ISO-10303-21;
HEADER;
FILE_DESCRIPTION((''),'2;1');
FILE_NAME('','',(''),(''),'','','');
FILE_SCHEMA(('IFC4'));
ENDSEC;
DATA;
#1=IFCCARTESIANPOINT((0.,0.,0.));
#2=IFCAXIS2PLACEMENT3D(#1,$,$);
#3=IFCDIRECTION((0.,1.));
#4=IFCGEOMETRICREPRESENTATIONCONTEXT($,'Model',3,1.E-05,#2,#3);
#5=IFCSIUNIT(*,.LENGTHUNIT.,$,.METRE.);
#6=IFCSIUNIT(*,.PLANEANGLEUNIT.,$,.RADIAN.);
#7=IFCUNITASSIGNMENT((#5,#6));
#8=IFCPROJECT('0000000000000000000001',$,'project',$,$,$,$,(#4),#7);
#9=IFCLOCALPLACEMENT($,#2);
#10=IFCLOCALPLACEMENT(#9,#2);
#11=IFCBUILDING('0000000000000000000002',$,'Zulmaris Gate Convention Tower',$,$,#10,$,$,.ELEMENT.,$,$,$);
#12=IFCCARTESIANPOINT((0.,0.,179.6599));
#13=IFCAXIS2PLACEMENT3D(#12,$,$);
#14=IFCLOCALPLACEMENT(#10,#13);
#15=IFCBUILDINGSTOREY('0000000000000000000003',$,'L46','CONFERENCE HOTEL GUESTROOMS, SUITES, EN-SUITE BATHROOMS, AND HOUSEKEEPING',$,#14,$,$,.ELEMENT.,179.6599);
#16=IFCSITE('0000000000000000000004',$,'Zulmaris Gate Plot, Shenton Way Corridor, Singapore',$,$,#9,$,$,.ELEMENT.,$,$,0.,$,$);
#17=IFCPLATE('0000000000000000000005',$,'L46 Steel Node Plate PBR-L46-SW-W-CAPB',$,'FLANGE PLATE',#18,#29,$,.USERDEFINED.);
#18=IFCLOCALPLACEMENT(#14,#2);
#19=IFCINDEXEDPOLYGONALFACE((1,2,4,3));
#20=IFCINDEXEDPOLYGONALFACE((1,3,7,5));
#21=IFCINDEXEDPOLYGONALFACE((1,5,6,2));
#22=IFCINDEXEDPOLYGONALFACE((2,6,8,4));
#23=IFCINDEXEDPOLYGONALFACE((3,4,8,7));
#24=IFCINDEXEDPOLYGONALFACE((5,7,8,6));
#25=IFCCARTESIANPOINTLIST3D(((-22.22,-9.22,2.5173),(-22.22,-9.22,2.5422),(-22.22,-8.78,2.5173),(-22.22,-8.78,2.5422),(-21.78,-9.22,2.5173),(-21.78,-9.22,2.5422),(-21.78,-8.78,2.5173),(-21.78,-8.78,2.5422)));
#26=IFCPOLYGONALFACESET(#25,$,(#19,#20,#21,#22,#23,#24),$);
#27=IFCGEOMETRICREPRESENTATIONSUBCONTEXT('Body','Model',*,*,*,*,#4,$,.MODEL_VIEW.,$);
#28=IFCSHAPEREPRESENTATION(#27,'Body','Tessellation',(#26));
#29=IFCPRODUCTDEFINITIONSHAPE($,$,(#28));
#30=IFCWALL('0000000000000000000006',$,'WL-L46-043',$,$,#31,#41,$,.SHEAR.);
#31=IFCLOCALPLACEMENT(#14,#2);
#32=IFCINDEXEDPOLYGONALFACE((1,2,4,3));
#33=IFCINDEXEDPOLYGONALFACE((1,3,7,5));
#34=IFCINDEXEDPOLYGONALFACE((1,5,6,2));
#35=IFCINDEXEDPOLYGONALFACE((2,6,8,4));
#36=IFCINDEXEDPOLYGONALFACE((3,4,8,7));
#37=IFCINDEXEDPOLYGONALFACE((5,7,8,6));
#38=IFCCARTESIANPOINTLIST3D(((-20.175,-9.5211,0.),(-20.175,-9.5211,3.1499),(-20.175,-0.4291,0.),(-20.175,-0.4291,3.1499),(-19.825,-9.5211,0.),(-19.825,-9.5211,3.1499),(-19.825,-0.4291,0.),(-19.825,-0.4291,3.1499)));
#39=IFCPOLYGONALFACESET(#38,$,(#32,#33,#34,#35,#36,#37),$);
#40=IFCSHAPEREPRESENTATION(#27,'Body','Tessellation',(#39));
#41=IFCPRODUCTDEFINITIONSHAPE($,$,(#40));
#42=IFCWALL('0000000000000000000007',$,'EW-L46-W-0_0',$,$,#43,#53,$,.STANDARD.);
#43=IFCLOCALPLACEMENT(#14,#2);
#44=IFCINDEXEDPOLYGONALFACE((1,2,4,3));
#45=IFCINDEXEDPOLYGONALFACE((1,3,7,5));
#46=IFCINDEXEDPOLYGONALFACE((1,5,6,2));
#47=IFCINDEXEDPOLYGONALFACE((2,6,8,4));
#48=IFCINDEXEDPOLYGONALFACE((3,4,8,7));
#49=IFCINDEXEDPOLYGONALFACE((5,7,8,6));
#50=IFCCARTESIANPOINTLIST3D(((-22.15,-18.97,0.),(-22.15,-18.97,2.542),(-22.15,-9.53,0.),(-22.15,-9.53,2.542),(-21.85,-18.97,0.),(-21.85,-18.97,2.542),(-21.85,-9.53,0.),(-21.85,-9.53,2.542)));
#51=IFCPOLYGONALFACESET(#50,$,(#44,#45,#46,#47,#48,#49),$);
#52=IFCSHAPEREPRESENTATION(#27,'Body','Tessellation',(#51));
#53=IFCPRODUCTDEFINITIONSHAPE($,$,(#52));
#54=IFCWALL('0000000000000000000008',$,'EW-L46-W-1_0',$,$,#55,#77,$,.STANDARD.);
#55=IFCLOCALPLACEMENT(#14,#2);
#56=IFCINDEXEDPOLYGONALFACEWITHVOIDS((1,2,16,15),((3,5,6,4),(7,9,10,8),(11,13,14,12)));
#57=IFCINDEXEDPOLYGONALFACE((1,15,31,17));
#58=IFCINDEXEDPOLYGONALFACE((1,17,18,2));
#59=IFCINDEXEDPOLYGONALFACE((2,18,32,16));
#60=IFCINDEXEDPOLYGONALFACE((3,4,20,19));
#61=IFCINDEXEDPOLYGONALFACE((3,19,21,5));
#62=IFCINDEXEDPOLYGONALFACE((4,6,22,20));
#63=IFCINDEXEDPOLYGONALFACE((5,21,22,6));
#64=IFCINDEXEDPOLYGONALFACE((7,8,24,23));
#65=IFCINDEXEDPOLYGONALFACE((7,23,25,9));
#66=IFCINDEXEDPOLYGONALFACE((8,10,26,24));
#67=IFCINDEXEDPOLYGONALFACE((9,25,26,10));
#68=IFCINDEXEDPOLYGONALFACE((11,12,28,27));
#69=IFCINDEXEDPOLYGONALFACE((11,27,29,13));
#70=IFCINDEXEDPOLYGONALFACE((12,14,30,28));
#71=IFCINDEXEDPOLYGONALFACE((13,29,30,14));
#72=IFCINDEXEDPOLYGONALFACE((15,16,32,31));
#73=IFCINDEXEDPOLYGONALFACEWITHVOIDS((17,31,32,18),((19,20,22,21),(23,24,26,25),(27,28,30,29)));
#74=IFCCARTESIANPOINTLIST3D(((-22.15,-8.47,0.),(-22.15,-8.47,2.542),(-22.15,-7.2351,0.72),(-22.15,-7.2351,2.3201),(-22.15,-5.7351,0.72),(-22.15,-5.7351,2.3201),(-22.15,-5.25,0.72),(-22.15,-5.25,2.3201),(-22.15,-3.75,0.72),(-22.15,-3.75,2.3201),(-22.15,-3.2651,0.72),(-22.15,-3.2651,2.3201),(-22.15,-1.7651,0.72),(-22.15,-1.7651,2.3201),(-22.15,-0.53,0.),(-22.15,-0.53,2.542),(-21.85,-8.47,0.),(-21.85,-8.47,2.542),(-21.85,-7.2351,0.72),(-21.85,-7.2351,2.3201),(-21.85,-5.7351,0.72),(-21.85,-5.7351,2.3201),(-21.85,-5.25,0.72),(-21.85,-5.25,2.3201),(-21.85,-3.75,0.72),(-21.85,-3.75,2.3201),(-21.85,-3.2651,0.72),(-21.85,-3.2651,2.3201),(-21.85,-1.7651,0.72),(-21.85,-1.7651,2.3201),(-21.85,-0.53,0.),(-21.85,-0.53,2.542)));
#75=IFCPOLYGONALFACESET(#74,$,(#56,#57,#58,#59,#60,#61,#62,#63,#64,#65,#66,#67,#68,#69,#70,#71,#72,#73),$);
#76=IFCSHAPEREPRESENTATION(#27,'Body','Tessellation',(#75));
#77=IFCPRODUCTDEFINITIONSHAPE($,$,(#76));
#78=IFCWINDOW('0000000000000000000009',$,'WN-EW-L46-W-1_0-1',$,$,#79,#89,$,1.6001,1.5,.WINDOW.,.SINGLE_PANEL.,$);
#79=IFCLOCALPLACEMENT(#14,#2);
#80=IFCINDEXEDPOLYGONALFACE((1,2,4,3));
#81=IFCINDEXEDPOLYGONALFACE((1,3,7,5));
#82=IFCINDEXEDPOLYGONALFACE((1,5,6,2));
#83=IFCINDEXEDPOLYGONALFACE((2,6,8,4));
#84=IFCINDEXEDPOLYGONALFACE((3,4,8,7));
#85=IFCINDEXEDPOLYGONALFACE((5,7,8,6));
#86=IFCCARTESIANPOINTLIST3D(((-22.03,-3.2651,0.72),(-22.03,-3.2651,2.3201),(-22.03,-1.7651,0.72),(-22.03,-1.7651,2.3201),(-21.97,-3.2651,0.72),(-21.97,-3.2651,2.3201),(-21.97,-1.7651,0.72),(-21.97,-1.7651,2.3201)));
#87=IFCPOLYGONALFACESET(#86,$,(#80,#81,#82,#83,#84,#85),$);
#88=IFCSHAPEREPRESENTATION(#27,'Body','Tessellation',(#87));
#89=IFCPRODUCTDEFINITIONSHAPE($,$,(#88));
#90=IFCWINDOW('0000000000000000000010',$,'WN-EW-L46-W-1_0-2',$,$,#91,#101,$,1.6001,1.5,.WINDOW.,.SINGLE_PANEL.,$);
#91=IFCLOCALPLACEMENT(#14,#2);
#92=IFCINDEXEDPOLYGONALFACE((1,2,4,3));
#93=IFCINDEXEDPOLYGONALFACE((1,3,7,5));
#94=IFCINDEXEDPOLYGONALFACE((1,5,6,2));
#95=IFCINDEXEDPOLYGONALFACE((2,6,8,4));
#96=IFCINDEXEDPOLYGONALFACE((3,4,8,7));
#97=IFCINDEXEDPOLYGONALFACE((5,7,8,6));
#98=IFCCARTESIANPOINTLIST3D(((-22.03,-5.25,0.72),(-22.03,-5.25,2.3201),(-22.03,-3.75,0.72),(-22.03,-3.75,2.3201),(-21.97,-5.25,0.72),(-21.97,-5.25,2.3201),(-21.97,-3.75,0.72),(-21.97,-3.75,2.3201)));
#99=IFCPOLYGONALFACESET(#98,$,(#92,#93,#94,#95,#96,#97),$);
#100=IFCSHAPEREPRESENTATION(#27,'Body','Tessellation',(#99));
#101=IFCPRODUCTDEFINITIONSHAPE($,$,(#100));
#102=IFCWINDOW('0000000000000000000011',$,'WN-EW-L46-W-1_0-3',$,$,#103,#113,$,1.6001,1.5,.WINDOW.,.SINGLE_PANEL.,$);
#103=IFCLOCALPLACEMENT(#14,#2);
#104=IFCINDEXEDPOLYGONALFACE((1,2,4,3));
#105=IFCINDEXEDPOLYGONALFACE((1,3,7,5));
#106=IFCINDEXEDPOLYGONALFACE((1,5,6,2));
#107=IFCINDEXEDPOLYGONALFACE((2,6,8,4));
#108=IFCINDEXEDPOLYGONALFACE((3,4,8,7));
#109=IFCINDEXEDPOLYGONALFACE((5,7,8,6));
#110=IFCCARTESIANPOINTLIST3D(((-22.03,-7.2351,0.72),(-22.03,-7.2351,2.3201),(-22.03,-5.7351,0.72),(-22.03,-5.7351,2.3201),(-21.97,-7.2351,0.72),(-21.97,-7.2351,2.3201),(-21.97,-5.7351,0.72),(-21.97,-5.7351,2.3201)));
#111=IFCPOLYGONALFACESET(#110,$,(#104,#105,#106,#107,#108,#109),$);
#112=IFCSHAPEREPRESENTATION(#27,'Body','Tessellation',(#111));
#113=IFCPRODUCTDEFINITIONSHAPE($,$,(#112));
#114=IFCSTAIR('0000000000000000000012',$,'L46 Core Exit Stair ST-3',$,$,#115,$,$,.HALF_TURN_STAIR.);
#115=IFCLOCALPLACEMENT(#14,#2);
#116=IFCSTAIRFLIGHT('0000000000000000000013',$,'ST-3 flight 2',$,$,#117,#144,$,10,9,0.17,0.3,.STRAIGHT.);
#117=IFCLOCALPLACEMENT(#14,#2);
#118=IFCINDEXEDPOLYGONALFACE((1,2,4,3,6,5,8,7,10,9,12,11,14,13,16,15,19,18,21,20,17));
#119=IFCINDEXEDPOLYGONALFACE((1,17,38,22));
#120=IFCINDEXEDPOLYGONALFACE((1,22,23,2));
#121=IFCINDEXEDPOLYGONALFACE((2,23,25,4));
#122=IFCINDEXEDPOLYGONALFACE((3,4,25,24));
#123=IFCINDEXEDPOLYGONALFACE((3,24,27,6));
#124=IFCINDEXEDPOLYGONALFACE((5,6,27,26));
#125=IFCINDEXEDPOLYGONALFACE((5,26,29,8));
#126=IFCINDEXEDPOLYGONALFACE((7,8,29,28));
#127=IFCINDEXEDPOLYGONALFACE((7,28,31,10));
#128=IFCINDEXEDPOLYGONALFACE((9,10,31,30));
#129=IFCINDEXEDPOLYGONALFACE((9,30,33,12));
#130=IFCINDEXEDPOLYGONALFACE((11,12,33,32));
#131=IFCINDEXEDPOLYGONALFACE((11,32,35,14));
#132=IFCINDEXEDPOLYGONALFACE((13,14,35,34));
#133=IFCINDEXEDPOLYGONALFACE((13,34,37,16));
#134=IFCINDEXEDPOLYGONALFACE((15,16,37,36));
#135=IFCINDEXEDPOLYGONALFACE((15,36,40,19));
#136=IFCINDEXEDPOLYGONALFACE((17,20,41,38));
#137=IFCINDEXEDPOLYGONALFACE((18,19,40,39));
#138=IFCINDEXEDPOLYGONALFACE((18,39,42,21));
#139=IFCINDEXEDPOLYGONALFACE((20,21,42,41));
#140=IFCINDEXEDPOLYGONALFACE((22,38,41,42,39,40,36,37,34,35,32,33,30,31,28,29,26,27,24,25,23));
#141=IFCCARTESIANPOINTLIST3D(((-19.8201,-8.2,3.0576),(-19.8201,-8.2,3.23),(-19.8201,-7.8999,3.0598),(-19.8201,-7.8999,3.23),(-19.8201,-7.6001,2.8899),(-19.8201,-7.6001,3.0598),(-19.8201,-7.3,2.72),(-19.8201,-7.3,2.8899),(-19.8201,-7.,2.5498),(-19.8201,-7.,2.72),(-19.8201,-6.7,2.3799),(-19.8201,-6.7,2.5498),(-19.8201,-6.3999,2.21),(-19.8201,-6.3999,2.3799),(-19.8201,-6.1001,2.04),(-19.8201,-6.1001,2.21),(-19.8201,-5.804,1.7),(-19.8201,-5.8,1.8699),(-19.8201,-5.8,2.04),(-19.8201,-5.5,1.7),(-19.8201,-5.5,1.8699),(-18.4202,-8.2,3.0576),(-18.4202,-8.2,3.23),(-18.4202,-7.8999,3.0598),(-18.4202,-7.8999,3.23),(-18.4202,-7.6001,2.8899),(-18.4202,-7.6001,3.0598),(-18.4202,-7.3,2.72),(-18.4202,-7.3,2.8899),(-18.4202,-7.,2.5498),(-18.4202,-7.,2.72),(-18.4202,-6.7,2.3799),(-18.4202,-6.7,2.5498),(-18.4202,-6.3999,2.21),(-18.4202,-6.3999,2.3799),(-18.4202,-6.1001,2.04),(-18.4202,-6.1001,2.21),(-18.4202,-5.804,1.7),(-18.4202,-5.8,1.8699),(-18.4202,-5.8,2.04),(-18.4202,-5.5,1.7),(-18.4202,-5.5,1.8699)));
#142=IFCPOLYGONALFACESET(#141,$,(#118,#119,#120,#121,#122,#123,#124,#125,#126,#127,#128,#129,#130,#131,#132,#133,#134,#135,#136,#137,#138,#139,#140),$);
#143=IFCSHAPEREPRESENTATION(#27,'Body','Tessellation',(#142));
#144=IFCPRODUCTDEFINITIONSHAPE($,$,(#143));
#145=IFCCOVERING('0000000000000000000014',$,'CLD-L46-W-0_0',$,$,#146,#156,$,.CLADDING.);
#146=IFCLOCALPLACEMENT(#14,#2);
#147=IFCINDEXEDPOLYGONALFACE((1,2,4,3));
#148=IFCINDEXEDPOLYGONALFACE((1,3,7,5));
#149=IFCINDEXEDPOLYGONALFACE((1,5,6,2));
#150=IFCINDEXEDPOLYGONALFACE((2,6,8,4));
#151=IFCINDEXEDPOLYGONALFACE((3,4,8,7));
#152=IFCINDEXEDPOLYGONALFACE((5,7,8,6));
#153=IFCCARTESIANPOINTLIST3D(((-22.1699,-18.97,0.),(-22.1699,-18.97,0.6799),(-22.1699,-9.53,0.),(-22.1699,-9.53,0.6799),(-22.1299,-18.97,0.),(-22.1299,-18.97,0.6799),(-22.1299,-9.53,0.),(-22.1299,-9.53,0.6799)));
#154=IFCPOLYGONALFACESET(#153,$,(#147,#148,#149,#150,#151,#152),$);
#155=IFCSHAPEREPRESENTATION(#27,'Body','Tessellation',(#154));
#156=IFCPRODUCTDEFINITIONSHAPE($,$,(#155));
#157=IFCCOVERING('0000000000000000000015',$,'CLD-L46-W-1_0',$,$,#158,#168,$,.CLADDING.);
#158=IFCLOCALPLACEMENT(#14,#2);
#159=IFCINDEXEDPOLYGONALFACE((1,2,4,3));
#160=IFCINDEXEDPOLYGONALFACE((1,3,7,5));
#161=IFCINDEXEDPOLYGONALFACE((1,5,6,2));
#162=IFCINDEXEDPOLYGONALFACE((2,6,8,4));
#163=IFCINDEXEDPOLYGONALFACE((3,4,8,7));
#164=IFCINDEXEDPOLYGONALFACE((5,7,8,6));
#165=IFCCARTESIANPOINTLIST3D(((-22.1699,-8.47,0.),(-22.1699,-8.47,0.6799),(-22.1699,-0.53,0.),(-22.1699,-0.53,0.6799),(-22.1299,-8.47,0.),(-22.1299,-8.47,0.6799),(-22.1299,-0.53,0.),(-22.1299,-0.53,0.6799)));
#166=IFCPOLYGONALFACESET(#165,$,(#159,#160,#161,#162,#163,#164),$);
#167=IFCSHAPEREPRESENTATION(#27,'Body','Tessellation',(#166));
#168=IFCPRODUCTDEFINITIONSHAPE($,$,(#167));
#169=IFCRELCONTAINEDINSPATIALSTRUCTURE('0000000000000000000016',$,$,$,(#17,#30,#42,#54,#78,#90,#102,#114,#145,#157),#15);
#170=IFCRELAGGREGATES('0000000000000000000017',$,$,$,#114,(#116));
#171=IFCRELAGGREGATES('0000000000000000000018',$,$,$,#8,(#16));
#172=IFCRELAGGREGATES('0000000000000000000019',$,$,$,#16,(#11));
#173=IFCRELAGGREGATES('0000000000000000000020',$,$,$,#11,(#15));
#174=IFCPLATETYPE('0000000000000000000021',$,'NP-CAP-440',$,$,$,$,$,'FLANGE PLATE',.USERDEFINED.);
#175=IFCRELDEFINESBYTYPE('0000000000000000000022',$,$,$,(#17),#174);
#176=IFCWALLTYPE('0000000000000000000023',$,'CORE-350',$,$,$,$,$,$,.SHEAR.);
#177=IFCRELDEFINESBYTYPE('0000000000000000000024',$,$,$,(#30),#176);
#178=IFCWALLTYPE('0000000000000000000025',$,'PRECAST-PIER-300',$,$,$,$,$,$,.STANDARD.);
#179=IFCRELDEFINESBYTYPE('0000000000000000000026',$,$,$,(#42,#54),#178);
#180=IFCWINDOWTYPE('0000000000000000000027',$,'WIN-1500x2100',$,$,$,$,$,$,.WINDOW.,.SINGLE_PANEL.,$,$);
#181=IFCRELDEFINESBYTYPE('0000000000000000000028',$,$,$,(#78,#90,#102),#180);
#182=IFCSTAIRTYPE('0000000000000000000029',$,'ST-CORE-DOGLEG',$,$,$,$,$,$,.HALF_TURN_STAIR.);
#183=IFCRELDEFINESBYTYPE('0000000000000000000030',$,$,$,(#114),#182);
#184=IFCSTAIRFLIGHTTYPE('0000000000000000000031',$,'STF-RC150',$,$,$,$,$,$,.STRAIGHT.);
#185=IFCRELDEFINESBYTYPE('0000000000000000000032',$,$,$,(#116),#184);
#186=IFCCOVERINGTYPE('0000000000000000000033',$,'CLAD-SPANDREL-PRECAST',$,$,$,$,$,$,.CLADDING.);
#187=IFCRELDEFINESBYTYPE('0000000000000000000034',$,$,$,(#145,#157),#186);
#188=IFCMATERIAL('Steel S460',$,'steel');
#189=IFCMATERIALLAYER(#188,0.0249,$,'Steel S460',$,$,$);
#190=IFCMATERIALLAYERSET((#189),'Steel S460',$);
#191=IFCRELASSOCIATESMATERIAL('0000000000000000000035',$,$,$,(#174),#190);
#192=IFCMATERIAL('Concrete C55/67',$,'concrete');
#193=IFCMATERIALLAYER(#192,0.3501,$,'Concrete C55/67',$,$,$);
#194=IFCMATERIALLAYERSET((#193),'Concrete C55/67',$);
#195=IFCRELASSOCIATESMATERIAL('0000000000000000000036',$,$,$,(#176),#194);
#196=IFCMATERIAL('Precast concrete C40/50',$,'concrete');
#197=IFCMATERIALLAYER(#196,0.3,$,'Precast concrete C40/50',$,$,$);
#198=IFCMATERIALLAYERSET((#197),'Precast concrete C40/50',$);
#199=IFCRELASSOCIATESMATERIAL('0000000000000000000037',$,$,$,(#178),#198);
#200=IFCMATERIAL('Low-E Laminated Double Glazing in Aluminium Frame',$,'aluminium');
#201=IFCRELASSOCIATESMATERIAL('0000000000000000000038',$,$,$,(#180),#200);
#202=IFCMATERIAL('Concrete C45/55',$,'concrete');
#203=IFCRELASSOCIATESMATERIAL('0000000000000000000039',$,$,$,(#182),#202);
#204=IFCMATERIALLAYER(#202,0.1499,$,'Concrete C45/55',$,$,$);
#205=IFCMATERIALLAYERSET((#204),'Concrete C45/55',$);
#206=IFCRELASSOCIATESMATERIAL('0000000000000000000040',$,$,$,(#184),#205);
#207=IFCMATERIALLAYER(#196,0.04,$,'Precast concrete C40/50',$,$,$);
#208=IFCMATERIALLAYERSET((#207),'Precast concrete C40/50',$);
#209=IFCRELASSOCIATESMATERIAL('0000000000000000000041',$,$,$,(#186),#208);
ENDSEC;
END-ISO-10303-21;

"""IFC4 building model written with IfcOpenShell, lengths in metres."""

from ifc_helpers import new_model, si_unit, direction, frame, frame_2d, origin, origin_2d, place, context, subcontext, project, spatial, polyline, rectangle, outline, extrude, material, layer, layer_set, type_object, element, fill, aggregate, save


model = new_model("IFC4")

# Units and contexts
model_context = context("Model", 3, precision=1e-05, world=origin(), true_north=direction((0.0, 1.0)))
body_context = subcontext(model_context, "Body", "Model", "MODEL_VIEW")
ifc_project = project(units=[si_unit("LENGTHUNIT", "METRE"), si_unit("PLANEANGLEUNIT", "RADIAN")], contexts=[model_context])

# Site, building, storey
site_placement = place(None, origin())
site = spatial("IfcSite", under=ifc_project, at=site_placement, Name="Zulmaris Gate Plot, Shenton Way Corridor, Singapore", CompositionType="ELEMENT", RefElevation=0.0)
building_placement = place(site_placement, origin())
building = spatial("IfcBuilding", under=site, at=building_placement, Name="Zulmaris Gate Convention Tower", CompositionType="ELEMENT")
storey_placement = place(building_placement, frame((0.0, 0.0, 179.6599)))
storey = spatial("IfcBuildingStorey", under=building, at=storey_placement, Name="L46", Description="CONFERENCE HOTEL GUESTROOMS, SUITES, EN-SUITE BATHROOMS, AND HOUSEKEEPING", CompositionType="ELEMENT", Elevation=179.6599)

# Plate
ifc_material_1 = material(Name="Steel S460", Category="steel")
ifc_layer_1 = layer(ifc_material_1, 0.0249, Name="Steel S460")
ifc_layer_set_1 = layer_set([ifc_layer_1], Name="Steel S460")
plate_type = type_object("IfcPlateType", Name="NP-CAP-440", ElementType="FLANGE PLATE", PredefinedType="USERDEFINED", material=ifc_layer_set_1)
plate_placement = place(storey_placement, frame((-22.0, -9.0, 2.5173), z_axis=(0.0, 0.0, 1.0), x_axis=(1.0, 0.0, 0.0)))
element("IfcPlate", 1, at=plate_placement, inside=storey, type_object=plate_type, Name="L46 Steel Node Plate PBR-L46-SW-W-CAPB", ObjectType="FLANGE PLATE", PredefinedType="USERDEFINED", context=body_context, shape_type="SweptSolid", body=[
    extrude(rectangle(XDim=0.4399, YDim=0.4399, at=origin_2d()), origin(), (0.0, 0.0, 1.0), 0.0249),
])

# Walls
ifc_material_2 = material(Name="Concrete C55/67", Category="concrete")
ifc_layer_2 = layer(ifc_material_2, 0.3501, Name="Concrete C55/67")
ifc_layer_set_2 = layer_set([ifc_layer_2], Name="Concrete C55/67")
wall_type_1 = type_object("IfcWallType", Name="CORE-350", PredefinedType="SHEAR", material=ifc_layer_set_2)
wall_1_placement = place(storey_placement, frame((-20.0, -9.521, 0.0), z_axis=(0.0, 0.0, 1.0), x_axis=(0.0, 1.0, 0.0)))
element("IfcWall", 2, at=wall_1_placement, inside=storey, type_object=wall_type_1, Name="WL-L46-043", PredefinedType="SHEAR", context=body_context, shape_type="SweptSolid", body=[
    extrude(rectangle(XDim=9.092, YDim=0.3501, at=frame_2d((4.5459, 0.0))), origin(), (0.0, 0.0, 1.0), 3.1499),
])
ifc_material_3 = material(Name="Precast concrete C40/50", Category="concrete")
ifc_layer_3 = layer(ifc_material_3, 0.3, Name="Precast concrete C40/50")
ifc_layer_set_3 = layer_set([ifc_layer_3], Name="Precast concrete C40/50")
wall_type_2 = type_object("IfcWallType", Name="PRECAST-PIER-300", PredefinedType="STANDARD", material=ifc_layer_set_3)
wall_2_placement = place(storey_placement, frame((-22.0, -9.53, 0.0), z_axis=(0.0, 0.0, 1.0), x_axis=(0.0, -1.0, 0.0)))
element("IfcWall", 3, at=wall_2_placement, inside=storey, type_object=wall_type_2, Name="EW-L46-W-0_0", PredefinedType="STANDARD", context=body_context, shape_type="SweptSolid", body=[
    extrude(rectangle(XDim=9.4399, YDim=0.3, at=frame_2d((4.72, 0.0))), origin(), (0.0, 0.0, 1.0), 2.542),
])

# Wall, openings, windows
wall_3_placement = place(storey_placement, frame((-22.0, -0.53, 0.0), z_axis=(0.0, 0.0, 1.0), x_axis=(0.0, -1.0, 0.0)))
wall_3 = element("IfcWall", 4, at=wall_3_placement, inside=storey, type_object=wall_type_2, Name="EW-L46-W-1_0", PredefinedType="STANDARD", context=body_context, shape_type="SweptSolid", body=[
    extrude(rectangle(XDim=7.9399, YDim=0.3, at=frame_2d((3.97, 0.0))), origin(), (0.0, 0.0, 1.0), 2.542),
])
opening_1_placement = place(wall_3_placement, frame((1.2351, 0.0, 0.72)))
opening_1 = element("IfcOpeningElement", 5, at=opening_1_placement, cuts=wall_3, PredefinedType="OPENING", context=body_context, shape_type="SweptSolid", body=[
    extrude(rectangle(XDim=1.5, YDim=1.6001, at=frame_2d((0.75, 0.8))), frame((0.0, 0.1602, 0.0), z_axis=(0.0, -1.0, 0.0), x_axis=(1.0, 0.0, 0.0)), (0.0, 0.0, 1.0), 0.3201),
])
opening_2_placement = place(wall_3_placement, frame((3.22, 0.0, 0.72)))
opening_2 = element("IfcOpeningElement", 6, at=opening_2_placement, cuts=wall_3, PredefinedType="OPENING", context=body_context, shape_type="SweptSolid", body=[
    extrude(rectangle(XDim=1.5, YDim=1.6001, at=frame_2d((0.75, 0.8))), frame((0.0, 0.1602, 0.0), z_axis=(0.0, -1.0, 0.0), x_axis=(1.0, 0.0, 0.0)), (0.0, 0.0, 1.0), 0.3201),
])
opening_3_placement = place(wall_3_placement, frame((5.2051, 0.0, 0.72)))
opening_3 = element("IfcOpeningElement", 7, at=opening_3_placement, cuts=wall_3, PredefinedType="OPENING", context=body_context, shape_type="SweptSolid", body=[
    extrude(rectangle(XDim=1.5, YDim=1.6001, at=frame_2d((0.75, 0.8))), frame((0.0, 0.1602, 0.0), z_axis=(0.0, -1.0, 0.0), x_axis=(1.0, 0.0, 0.0)), (0.0, 0.0, 1.0), 0.3201),
])
ifc_material_4 = material(Name="Low-E Laminated Double Glazing in Aluminium Frame", Category="aluminium")
window_type = type_object("IfcWindowType", Name="WIN-1500x2100", PartitioningType="SINGLE_PANEL", PredefinedType="WINDOW", material=ifc_material_4)
window_1_placement = place(opening_1_placement, origin())
window_1 = element("IfcWindow", 8, at=window_1_placement, inside=storey, type_object=window_type, Name="WN-EW-L46-W-1_0-1", OverallHeight=1.6001, OverallWidth=1.5, PartitioningType="SINGLE_PANEL", PredefinedType="WINDOW", context=body_context, shape_type="SweptSolid", body=[
    extrude(rectangle(XDim=1.5, YDim=1.6001, at=frame_2d((0.75, 0.8))), frame((0.0, 0.03, 0.0), z_axis=(0.0, -1.0, 0.0), x_axis=(1.0, 0.0, 0.0)), (0.0, 0.0, 1.0), 0.0601),
])
fill(opening_1, window_1)
window_2_placement = place(opening_2_placement, origin())
window_2 = element("IfcWindow", 9, at=window_2_placement, inside=storey, type_object=window_type, Name="WN-EW-L46-W-1_0-2", OverallHeight=1.6001, OverallWidth=1.5, PartitioningType="SINGLE_PANEL", PredefinedType="WINDOW", context=body_context, shape_type="SweptSolid", body=[
    extrude(rectangle(XDim=1.5, YDim=1.6001, at=frame_2d((0.75, 0.8))), frame((0.0, 0.03, 0.0), z_axis=(0.0, -1.0, 0.0), x_axis=(1.0, 0.0, 0.0)), (0.0, 0.0, 1.0), 0.0601),
])
fill(opening_2, window_2)
window_3_placement = place(opening_3_placement, origin())
window_3 = element("IfcWindow", 10, at=window_3_placement, inside=storey, type_object=window_type, Name="WN-EW-L46-W-1_0-3", OverallHeight=1.6001, OverallWidth=1.5, PartitioningType="SINGLE_PANEL", PredefinedType="WINDOW", context=body_context, shape_type="SweptSolid", body=[
    extrude(rectangle(XDim=1.5, YDim=1.6001, at=frame_2d((0.75, 0.8))), frame((0.0, 0.03, 0.0), z_axis=(0.0, -1.0, 0.0), x_axis=(1.0, 0.0, 0.0)), (0.0, 0.0, 1.0), 0.0601),
])
fill(opening_3, window_3)

# Stair, stair flight
ifc_material_5 = material(Name="Concrete C45/55", Category="concrete")
stair_type = type_object("IfcStairType", Name="ST-CORE-DOGLEG", PredefinedType="HALF_TURN_STAIR", material=ifc_material_5)
stair_placement = place(storey_placement, origin())
stair = element("IfcStair", 11, at=stair_placement, inside=storey, type_object=stair_type, Name="L46 Core Exit Stair ST-3", PredefinedType="HALF_TURN_STAIR")
ifc_layer_4 = layer(ifc_material_5, 0.1499, Name="Concrete C45/55")
ifc_layer_set_4 = layer_set([ifc_layer_4], Name="Concrete C45/55")
stair_flight_type = type_object("IfcStairFlightType", Name="STF-RC150", PredefinedType="STRAIGHT", material=ifc_layer_set_4)
stair_flight_placement = place(storey_placement, frame((-19.1201, -5.5, 1.7), z_axis=(0.0, 0.0, 1.0), x_axis=(0.0, -1.0, 0.0)))
stair_flight = element("IfcStairFlight", 12, at=stair_flight_placement, type_object=stair_flight_type, Name="ST-3 flight 2", NumberOfRisers=10, NumberOfTreads=9, PredefinedType="STRAIGHT", RiserHeight=0.17, TreadLength=0.3, context=body_context, shape_type="SweptSolid", body=[
    extrude(outline(polyline([(0.0, 0.0), (0.0, 0.1699), (0.3, 0.1699), (0.3, 0.3401), (0.6001, 0.3401), (0.6001, 0.51), (0.8999, 0.51), (0.8999, 0.6799), (1.2, 0.6799), (1.2, 0.8499), (1.5, 0.8499), (1.5, 1.02), (1.8, 1.02), (1.8, 1.1899), (2.1001, 1.1899), (2.1001, 1.3599), (2.3999, 1.3599), (2.3999, 1.53), (2.7, 1.53), (2.7, 1.7), (2.7, 1.3577), (0.304, 0.0), (0.0, 0.0)])), frame((0.0, 0.7, 0.0), z_axis=(0.0, -1.0, 0.0), x_axis=(1.0, 0.0, 0.0)), (0.0, 0.0, 1.0), 1.3999),
])
aggregate(stair, [stair_flight])

# Coverings
ifc_layer_5 = layer(ifc_material_3, 0.04, Name="Precast concrete C40/50")
ifc_layer_set_5 = layer_set([ifc_layer_5], Name="Precast concrete C40/50")
covering_type = type_object("IfcCoveringType", Name="CLAD-SPANDREL-PRECAST", PredefinedType="CLADDING", material=ifc_layer_set_5)
covering_1_placement = place(storey_placement, frame((-22.1499, -9.53, 0.0), z_axis=(0.0, 0.0, 1.0), x_axis=(0.0, -1.0, 0.0)))
element("IfcCovering", 13, at=covering_1_placement, inside=storey, type_object=covering_type, Name="CLD-L46-W-0_0", PredefinedType="CLADDING", context=body_context, shape_type="SweptSolid", body=[
    extrude(rectangle(XDim=9.4399, YDim=0.04, at=frame_2d((4.72, 0.0))), origin(), (0.0, 0.0, 1.0), 0.6799),
])
covering_2_placement = place(storey_placement, frame((-22.1499, -0.53, 0.0), z_axis=(0.0, 0.0, 1.0), x_axis=(0.0, -1.0, 0.0)))
element("IfcCovering", 14, at=covering_2_placement, inside=storey, type_object=covering_type, Name="CLD-L46-W-1_0", PredefinedType="CLADDING", context=body_context, shape_type="SweptSolid", body=[
    extrude(rectangle(XDim=7.9399, YDim=0.04, at=frame_2d((3.97, 0.0))), origin(), (0.0, 0.0, 1.0), 0.6799),
])

save(model, "model.ifc")
